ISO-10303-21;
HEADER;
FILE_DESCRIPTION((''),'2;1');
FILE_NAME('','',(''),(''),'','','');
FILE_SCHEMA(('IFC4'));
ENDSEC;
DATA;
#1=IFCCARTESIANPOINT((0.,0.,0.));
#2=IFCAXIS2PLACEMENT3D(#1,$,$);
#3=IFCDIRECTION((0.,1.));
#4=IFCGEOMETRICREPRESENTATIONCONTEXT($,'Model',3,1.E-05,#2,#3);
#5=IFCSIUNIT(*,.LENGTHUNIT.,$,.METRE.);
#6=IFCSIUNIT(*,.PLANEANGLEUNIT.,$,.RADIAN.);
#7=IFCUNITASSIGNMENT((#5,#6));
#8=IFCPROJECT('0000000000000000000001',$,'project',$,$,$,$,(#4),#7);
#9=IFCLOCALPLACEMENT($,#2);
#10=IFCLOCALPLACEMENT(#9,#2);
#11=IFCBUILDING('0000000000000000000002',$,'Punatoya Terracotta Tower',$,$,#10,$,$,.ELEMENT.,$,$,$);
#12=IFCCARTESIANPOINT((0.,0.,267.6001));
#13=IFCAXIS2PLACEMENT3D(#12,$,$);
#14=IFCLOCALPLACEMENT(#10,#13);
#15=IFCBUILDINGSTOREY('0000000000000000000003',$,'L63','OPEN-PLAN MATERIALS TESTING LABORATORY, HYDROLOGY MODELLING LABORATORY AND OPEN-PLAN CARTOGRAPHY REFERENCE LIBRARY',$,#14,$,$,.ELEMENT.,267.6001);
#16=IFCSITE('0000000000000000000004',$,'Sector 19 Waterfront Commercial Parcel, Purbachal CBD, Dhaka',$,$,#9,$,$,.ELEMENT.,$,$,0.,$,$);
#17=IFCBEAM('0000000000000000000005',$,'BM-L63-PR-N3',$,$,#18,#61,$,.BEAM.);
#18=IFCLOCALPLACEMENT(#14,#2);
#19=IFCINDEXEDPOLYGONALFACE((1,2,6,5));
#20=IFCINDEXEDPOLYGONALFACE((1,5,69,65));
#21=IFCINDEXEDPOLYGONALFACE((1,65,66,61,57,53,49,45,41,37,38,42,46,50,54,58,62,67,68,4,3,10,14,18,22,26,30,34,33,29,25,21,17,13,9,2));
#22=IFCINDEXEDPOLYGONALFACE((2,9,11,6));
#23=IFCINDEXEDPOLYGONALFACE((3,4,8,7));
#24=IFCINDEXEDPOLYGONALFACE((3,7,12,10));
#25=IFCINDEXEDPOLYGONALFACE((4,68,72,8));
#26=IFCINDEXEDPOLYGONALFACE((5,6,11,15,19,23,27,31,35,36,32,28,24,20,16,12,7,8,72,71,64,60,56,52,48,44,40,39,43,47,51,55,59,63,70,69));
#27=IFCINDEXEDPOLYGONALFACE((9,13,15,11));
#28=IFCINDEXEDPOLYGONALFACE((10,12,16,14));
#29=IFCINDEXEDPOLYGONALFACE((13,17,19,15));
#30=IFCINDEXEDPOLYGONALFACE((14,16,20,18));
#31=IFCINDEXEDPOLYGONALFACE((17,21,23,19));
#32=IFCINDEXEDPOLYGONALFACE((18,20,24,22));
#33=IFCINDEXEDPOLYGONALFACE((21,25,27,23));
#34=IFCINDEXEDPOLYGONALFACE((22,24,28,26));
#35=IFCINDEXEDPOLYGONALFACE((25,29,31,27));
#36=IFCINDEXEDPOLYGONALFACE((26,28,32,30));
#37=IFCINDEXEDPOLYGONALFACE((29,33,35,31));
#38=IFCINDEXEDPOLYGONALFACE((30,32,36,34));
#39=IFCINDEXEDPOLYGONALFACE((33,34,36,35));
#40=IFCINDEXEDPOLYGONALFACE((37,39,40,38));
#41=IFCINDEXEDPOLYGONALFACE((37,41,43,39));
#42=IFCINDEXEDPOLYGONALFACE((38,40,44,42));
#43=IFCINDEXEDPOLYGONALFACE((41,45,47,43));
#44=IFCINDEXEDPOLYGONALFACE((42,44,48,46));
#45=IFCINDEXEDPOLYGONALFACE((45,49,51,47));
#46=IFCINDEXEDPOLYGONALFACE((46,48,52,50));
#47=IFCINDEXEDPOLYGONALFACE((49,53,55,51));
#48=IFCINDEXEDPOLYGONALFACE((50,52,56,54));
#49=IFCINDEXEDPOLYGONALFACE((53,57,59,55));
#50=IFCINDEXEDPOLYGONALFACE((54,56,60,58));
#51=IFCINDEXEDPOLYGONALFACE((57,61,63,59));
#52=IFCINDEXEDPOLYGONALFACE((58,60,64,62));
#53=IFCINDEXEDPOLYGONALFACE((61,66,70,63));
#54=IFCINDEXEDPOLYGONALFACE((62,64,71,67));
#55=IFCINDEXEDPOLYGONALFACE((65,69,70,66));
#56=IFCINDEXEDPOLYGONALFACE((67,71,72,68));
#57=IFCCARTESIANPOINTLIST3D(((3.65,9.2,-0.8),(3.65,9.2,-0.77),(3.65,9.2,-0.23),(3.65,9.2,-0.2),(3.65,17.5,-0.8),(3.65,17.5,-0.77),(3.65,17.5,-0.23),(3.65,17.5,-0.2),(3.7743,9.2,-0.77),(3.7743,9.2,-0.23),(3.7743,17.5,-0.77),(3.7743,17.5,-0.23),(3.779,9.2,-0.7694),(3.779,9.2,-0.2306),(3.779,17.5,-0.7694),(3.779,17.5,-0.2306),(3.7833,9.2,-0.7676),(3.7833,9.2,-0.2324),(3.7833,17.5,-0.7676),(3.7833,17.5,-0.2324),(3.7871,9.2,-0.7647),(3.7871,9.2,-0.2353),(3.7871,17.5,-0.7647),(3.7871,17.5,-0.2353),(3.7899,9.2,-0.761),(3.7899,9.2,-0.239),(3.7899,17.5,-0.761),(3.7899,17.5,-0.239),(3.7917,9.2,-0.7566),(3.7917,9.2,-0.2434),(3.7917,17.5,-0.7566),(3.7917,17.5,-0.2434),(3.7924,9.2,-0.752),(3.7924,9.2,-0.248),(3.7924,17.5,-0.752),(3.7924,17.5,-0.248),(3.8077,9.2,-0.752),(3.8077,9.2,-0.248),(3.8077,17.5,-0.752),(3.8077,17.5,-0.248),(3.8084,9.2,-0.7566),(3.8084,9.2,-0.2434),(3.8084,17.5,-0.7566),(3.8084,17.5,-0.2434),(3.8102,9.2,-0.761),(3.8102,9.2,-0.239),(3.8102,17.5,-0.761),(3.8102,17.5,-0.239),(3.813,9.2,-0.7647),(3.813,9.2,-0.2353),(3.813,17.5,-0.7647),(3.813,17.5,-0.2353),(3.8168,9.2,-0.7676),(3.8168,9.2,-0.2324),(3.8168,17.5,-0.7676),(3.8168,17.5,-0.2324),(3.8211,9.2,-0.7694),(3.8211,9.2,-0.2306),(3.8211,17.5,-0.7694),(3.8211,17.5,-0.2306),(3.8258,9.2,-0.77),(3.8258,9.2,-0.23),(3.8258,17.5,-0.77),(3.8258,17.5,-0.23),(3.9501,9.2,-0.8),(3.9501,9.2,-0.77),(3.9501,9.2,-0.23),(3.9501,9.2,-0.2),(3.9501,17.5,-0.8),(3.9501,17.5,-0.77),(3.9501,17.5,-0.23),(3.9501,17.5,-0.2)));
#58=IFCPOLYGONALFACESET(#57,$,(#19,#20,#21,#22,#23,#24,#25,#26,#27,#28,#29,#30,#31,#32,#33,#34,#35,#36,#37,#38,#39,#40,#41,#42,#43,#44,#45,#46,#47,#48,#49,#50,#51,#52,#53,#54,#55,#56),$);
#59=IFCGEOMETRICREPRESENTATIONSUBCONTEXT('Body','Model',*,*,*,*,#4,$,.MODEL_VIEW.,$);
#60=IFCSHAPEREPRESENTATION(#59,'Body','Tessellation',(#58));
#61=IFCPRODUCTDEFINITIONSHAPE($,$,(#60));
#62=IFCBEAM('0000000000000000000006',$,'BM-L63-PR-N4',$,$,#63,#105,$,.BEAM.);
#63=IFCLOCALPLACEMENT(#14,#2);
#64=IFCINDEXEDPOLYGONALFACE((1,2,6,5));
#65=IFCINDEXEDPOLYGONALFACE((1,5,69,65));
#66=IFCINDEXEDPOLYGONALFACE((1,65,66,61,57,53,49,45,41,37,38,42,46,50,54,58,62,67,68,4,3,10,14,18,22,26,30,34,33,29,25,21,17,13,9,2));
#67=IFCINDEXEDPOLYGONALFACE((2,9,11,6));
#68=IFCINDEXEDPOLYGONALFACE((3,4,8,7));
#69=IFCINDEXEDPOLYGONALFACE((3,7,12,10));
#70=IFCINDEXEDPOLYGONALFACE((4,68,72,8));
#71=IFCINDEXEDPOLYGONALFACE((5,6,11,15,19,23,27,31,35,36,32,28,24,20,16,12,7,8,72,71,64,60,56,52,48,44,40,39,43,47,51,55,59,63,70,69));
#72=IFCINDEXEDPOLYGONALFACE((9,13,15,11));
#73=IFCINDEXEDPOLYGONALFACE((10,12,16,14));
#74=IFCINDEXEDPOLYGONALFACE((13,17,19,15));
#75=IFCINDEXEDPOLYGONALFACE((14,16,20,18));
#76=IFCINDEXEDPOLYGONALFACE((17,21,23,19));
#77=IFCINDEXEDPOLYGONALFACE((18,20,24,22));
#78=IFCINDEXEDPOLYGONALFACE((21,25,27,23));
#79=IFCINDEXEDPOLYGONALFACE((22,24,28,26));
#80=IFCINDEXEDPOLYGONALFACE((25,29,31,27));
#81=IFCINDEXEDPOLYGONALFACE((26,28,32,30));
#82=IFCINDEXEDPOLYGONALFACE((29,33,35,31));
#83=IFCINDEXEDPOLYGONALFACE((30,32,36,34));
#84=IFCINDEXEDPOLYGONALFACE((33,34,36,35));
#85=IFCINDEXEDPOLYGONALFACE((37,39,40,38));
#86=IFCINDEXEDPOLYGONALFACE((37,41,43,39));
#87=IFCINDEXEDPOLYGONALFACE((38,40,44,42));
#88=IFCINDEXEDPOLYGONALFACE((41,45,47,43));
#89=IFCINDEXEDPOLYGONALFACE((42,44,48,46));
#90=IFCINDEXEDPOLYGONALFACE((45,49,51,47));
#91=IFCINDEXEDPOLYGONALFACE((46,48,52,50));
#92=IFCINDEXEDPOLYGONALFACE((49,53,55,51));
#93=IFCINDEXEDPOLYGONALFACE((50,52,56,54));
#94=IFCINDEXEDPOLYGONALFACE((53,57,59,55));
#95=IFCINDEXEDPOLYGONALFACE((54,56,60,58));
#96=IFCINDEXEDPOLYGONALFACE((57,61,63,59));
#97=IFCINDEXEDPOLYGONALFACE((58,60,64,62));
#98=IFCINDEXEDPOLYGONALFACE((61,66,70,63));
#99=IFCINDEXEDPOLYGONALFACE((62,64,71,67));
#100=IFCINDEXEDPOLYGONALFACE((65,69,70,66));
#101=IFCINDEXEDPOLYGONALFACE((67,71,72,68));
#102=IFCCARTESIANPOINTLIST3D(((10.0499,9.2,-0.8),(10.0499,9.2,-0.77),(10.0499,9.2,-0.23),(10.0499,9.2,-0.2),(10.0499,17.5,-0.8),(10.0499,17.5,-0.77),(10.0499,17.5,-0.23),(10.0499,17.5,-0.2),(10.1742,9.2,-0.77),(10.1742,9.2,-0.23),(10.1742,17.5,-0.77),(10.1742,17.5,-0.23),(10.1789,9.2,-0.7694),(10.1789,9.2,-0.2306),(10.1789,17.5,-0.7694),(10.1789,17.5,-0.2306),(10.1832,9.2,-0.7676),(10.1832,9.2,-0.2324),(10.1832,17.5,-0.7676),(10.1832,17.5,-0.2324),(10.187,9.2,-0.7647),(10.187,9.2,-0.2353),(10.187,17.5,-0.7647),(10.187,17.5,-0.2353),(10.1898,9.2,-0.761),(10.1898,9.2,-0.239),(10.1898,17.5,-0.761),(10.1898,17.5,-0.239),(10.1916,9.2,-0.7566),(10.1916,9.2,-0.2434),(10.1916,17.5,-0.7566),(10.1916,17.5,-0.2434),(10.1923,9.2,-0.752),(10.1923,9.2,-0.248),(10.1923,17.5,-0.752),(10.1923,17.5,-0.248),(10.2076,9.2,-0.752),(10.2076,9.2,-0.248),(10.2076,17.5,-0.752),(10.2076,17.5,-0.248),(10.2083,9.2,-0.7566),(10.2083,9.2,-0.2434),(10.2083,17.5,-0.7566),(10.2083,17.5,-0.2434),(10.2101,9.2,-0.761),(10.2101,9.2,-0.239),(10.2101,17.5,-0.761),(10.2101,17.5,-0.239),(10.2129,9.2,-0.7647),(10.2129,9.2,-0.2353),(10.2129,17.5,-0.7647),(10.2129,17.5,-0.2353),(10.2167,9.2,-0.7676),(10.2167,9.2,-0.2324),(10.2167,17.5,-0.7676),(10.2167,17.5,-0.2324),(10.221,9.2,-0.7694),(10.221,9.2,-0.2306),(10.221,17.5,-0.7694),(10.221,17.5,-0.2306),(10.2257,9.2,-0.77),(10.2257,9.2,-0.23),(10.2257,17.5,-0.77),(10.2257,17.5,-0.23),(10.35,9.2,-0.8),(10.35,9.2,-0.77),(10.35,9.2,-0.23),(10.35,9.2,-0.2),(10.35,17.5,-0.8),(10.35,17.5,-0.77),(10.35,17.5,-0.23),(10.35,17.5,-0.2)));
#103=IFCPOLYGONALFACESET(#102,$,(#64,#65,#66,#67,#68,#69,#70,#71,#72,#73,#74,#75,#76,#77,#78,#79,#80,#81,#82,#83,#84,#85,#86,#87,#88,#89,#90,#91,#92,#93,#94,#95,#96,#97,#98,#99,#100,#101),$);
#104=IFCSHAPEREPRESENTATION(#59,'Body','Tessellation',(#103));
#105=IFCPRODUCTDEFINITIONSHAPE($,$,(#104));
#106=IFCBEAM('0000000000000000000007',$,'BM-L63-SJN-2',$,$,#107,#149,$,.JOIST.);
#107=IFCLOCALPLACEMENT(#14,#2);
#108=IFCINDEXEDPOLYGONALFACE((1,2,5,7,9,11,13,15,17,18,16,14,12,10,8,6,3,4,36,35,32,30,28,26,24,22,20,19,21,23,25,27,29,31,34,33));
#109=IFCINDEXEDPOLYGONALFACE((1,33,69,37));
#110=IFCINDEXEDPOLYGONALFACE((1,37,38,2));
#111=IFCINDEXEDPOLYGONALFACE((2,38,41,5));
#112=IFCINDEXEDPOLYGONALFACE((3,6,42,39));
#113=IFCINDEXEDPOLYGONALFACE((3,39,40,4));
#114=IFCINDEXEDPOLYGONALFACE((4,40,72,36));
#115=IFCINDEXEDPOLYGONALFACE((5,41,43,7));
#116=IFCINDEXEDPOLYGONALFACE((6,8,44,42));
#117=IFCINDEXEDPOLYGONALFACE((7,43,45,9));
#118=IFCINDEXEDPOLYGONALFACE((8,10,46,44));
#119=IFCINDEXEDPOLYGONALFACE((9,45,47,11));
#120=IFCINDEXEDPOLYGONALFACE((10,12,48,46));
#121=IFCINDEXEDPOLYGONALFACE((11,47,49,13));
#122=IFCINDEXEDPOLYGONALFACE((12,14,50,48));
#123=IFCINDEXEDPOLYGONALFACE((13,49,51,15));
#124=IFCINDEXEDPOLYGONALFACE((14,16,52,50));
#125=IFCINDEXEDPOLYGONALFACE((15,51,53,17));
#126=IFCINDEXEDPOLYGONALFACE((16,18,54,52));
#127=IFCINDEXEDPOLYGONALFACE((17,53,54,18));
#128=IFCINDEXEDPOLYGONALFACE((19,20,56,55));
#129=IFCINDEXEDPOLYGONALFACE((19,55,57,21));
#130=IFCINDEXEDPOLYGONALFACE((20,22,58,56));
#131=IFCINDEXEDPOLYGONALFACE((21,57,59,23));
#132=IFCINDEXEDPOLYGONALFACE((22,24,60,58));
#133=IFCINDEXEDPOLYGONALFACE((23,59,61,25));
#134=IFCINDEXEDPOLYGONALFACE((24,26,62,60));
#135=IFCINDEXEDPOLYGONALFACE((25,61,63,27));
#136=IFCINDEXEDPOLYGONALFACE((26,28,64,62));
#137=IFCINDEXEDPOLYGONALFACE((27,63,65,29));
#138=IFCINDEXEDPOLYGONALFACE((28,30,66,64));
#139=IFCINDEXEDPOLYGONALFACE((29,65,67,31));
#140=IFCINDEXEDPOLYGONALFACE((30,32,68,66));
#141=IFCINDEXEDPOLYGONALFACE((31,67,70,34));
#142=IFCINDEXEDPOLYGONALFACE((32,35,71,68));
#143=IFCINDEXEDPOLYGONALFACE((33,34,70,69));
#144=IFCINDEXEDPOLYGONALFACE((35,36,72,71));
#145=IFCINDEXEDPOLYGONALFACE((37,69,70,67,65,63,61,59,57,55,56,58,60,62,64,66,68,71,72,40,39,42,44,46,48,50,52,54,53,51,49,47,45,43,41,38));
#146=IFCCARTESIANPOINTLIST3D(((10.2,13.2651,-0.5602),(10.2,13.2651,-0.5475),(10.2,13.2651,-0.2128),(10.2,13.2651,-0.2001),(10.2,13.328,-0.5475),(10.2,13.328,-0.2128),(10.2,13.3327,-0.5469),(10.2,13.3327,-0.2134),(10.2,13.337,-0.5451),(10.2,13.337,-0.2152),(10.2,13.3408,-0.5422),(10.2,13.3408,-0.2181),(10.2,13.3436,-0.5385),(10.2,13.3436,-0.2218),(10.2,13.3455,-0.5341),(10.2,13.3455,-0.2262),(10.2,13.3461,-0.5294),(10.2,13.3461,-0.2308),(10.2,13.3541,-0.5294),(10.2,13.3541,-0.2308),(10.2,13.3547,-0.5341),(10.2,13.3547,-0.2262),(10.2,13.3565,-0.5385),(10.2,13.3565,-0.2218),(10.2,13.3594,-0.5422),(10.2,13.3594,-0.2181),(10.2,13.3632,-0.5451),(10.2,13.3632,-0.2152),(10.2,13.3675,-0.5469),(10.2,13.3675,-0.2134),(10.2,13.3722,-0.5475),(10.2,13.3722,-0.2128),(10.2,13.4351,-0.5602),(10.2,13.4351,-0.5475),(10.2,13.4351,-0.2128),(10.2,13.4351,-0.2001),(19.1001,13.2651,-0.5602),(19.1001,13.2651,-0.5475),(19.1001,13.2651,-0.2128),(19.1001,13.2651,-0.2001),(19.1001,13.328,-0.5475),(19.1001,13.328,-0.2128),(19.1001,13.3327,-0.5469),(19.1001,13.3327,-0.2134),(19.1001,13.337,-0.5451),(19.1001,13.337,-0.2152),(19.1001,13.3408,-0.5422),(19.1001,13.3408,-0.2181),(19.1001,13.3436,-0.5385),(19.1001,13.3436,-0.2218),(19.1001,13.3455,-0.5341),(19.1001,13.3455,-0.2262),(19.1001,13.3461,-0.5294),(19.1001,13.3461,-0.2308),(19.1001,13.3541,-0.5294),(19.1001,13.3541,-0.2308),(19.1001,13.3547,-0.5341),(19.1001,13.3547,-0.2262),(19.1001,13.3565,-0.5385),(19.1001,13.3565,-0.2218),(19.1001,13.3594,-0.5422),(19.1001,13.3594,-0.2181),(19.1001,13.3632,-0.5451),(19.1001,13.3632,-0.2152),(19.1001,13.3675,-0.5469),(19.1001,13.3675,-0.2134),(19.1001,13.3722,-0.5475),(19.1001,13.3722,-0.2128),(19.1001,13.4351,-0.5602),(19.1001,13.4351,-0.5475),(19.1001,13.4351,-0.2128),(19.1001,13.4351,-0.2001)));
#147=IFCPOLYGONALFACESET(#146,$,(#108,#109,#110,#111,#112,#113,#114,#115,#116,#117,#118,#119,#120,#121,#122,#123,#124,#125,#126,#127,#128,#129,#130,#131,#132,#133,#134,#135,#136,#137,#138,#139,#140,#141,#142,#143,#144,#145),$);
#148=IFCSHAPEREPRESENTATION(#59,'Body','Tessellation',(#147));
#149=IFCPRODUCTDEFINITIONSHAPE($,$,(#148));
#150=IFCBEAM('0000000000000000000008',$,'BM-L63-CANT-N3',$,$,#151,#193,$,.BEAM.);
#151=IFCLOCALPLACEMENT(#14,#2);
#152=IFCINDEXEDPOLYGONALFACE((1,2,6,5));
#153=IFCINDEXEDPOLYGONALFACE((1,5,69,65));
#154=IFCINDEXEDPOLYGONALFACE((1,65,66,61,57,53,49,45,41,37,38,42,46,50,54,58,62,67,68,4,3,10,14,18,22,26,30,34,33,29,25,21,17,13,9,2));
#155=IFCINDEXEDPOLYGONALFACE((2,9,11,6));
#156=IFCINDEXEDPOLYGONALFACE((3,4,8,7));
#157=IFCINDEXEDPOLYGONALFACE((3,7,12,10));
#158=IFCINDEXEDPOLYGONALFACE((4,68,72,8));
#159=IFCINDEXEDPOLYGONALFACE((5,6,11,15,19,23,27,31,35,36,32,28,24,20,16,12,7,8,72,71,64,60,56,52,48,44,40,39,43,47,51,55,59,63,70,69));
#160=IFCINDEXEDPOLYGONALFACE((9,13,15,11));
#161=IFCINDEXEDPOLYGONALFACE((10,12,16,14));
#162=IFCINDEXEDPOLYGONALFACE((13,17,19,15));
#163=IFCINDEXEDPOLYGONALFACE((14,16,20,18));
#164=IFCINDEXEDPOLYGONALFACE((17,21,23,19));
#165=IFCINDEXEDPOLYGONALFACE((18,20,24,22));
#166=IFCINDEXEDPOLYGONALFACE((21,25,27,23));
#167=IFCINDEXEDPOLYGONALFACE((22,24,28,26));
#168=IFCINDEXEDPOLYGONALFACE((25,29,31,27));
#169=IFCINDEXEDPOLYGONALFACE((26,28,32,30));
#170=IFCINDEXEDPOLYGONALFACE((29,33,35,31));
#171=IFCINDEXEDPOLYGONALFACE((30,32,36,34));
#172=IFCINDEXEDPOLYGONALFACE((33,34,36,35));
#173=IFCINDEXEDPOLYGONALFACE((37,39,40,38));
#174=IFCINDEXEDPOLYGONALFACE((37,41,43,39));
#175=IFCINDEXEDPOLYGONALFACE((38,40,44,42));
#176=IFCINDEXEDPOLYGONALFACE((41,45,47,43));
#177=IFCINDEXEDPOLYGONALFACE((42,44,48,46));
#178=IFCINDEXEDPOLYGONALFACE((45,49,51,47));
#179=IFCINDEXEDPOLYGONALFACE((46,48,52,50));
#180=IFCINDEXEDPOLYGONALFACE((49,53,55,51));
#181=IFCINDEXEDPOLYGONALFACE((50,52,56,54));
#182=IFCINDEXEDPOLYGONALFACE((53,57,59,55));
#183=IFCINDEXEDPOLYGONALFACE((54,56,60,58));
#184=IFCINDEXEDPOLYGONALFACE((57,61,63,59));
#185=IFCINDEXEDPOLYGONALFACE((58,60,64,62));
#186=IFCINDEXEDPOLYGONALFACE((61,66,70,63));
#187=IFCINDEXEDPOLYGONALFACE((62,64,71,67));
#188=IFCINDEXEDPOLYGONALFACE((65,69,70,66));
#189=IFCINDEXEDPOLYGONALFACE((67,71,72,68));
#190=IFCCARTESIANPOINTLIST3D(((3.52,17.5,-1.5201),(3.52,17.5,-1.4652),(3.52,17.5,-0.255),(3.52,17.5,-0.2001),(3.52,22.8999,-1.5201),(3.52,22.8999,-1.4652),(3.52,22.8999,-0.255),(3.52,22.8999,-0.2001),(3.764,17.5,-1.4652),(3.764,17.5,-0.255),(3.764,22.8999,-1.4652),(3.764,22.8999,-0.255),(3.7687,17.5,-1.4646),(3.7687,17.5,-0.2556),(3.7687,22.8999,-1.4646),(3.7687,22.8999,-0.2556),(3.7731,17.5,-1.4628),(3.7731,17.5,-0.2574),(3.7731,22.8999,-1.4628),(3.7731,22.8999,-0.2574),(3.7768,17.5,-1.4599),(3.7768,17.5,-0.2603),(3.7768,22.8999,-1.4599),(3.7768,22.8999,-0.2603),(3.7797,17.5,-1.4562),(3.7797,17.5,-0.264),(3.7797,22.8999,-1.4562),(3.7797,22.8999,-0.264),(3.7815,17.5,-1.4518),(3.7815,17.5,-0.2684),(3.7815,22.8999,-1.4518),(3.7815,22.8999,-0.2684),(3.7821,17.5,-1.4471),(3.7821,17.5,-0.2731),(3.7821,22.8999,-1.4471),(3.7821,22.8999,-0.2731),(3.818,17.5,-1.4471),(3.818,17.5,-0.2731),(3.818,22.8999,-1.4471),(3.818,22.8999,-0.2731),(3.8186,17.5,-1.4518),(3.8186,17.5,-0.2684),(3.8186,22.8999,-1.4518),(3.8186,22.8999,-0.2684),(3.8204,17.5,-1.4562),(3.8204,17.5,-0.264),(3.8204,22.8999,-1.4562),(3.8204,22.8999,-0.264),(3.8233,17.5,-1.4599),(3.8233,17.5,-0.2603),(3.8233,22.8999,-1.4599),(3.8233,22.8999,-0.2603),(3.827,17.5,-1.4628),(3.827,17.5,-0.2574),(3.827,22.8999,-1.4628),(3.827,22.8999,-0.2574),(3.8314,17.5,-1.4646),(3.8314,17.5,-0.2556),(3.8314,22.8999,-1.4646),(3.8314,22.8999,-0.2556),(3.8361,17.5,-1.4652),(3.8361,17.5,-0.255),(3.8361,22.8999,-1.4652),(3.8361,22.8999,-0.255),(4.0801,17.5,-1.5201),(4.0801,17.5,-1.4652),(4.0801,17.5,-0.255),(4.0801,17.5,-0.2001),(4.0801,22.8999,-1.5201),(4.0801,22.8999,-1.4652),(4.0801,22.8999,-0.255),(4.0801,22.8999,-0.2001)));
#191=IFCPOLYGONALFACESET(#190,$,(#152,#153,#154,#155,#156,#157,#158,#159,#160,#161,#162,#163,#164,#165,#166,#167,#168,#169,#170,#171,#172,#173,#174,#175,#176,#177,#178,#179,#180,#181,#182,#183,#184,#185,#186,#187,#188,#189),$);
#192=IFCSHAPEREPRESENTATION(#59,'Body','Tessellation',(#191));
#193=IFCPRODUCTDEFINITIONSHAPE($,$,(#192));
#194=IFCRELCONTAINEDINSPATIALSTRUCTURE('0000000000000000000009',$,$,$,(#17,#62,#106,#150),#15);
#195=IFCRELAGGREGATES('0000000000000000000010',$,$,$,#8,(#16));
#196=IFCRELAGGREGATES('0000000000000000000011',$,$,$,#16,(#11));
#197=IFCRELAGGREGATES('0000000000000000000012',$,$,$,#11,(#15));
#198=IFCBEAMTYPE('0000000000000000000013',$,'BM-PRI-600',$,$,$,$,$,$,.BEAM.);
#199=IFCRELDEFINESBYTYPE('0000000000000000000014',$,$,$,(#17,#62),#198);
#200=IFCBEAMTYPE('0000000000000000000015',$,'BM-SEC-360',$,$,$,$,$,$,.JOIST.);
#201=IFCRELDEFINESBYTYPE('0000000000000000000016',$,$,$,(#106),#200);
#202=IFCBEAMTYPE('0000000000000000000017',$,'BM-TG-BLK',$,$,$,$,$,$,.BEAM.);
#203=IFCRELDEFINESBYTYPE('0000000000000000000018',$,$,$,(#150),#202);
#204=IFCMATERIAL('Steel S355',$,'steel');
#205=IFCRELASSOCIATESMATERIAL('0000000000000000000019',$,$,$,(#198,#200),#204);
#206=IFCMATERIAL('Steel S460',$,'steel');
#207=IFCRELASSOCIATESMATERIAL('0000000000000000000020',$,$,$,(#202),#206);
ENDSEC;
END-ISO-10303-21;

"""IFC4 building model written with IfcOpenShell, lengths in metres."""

from ifc_helpers import new_model, si_unit, direction, frame, origin, origin_2d, place, context, subcontext, project, spatial, i_section, extrude, material, material_profile, profile_set, type_object, element, save


model = new_model("IFC4")

# Units and contexts
model_context = context("Model", 3, precision=1e-05, world=origin(), true_north=direction((0.0, 1.0)))
body_context = subcontext(model_context, "Body", "Model", "MODEL_VIEW")
ifc_project = project(units=[si_unit("LENGTHUNIT", "METRE"), si_unit("PLANEANGLEUNIT", "RADIAN")], contexts=[model_context])

# Site, building, storey
site_placement = place(None, origin())
site = spatial("IfcSite", under=ifc_project, at=site_placement, Name="Sector 19 Waterfront Commercial Parcel, Purbachal CBD, Dhaka", CompositionType="ELEMENT", RefElevation=0.0)
building_placement = place(site_placement, origin())
building = spatial("IfcBuilding", under=site, at=building_placement, Name="Punatoya Terracotta Tower", CompositionType="ELEMENT")
storey_placement = place(building_placement, frame((0.0, 0.0, 267.6001)))
storey = spatial("IfcBuildingStorey", under=building, at=storey_placement, Name="L63", Description="OPEN-PLAN MATERIALS TESTING LABORATORY, HYDROLOGY MODELLING LABORATORY AND OPEN-PLAN CARTOGRAPHY REFERENCE LIBRARY", CompositionType="ELEMENT", Elevation=267.6001)

# Shared definitions
ifc_material_1 = material(Name="Steel S460", Category="steel")

# Beams
ifc_material_2 = material(Name="Steel S355", Category="steel")
ifc_material_profile_1 = material_profile(ifc_material_2, i_section(OverallWidth=0.3, OverallDepth=0.6001, WebThickness=0.0154, FlangeThickness=0.03, FilletRadius=0.0181, at=origin_2d()))
ifc_profile_set_1 = profile_set([ifc_material_profile_1], Name="Steel S355")
beam_type_1 = type_object("IfcBeamType", Name="BM-PRI-600", PredefinedType="BEAM", material=ifc_profile_set_1)
for number, where, z_axis, x_axis, name in (
    (1, (3.8, 9.2, -0.5), (0.0, 1.0, 0.0), (-1.0, 0.0, 0.0), "BM-L63-PR-N3"),
    (2, (10.2, 9.2, -0.5), (0.0, 1.0, 0.0), (-1.0, 0.0, 0.0), "BM-L63-PR-N4"),
):
    element("IfcBeam", number, at=place(storey_placement, frame(where, z_axis=z_axis, x_axis=x_axis)), inside=storey, type_object=beam_type_1, Name=name, PredefinedType="BEAM", context=body_context, shape_type="SweptSolid", body=[
        extrude(i_section(OverallWidth=0.3, OverallDepth=0.6001, WebThickness=0.0154, FlangeThickness=0.03, FilletRadius=0.0181, at=origin_2d()), origin(), (0.0, 0.0, 1.0), 8.3),
    ])
ifc_material_profile_2 = material_profile(ifc_material_2, i_section(OverallWidth=0.1699, OverallDepth=0.3601, WebThickness=0.0081, FlangeThickness=0.0127, FilletRadius=0.0181, at=origin_2d()))
ifc_profile_set_2 = profile_set([ifc_material_profile_2], Name="Steel S355")
beam_type_2 = type_object("IfcBeamType", Name="BM-SEC-360", PredefinedType="JOIST", material=ifc_profile_set_2)
beam_1_placement = place(storey_placement, frame((10.2, 13.3501, -0.3801), z_axis=(1.0, 0.0, 0.0), x_axis=(0.0, 1.0, 0.0)))
element("IfcBeam", 3, at=beam_1_placement, inside=storey, type_object=beam_type_2, Name="BM-L63-SJN-2", PredefinedType="JOIST", context=body_context, shape_type="SweptSolid", body=[
    extrude(i_section(OverallWidth=0.1699, OverallDepth=0.3601, WebThickness=0.0081, FlangeThickness=0.0127, FilletRadius=0.0181, at=origin_2d()), origin(), (0.0, 0.0, 1.0), 8.9001),
])
ifc_material_profile_3 = material_profile(ifc_material_1, i_section(OverallWidth=0.5601, OverallDepth=1.3201, WebThickness=0.0359, FlangeThickness=0.0549, FilletRadius=0.0181, at=origin_2d()))
ifc_profile_set_3 = profile_set([ifc_material_profile_3], Name="Steel S460")
beam_type_3 = type_object("IfcBeamType", Name="BM-TG-BLK", PredefinedType="BEAM", material=ifc_profile_set_3)
beam_2_placement = place(storey_placement, frame((3.8, 17.5, -0.8601), z_axis=(0.0, 1.0, 0.0), x_axis=(-1.0, 0.0, 0.0)))
element("IfcBeam", 4, at=beam_2_placement, inside=storey, type_object=beam_type_3, Name="BM-L63-CANT-N3", PredefinedType="BEAM", context=body_context, shape_type="SweptSolid", body=[
    extrude(i_section(OverallWidth=0.5601, OverallDepth=1.3201, WebThickness=0.0359, FlangeThickness=0.0549, FilletRadius=0.0181, at=origin_2d()), origin(), (0.0, 0.0, 1.0), 5.3999),
])

save(model, "model.ifc")
